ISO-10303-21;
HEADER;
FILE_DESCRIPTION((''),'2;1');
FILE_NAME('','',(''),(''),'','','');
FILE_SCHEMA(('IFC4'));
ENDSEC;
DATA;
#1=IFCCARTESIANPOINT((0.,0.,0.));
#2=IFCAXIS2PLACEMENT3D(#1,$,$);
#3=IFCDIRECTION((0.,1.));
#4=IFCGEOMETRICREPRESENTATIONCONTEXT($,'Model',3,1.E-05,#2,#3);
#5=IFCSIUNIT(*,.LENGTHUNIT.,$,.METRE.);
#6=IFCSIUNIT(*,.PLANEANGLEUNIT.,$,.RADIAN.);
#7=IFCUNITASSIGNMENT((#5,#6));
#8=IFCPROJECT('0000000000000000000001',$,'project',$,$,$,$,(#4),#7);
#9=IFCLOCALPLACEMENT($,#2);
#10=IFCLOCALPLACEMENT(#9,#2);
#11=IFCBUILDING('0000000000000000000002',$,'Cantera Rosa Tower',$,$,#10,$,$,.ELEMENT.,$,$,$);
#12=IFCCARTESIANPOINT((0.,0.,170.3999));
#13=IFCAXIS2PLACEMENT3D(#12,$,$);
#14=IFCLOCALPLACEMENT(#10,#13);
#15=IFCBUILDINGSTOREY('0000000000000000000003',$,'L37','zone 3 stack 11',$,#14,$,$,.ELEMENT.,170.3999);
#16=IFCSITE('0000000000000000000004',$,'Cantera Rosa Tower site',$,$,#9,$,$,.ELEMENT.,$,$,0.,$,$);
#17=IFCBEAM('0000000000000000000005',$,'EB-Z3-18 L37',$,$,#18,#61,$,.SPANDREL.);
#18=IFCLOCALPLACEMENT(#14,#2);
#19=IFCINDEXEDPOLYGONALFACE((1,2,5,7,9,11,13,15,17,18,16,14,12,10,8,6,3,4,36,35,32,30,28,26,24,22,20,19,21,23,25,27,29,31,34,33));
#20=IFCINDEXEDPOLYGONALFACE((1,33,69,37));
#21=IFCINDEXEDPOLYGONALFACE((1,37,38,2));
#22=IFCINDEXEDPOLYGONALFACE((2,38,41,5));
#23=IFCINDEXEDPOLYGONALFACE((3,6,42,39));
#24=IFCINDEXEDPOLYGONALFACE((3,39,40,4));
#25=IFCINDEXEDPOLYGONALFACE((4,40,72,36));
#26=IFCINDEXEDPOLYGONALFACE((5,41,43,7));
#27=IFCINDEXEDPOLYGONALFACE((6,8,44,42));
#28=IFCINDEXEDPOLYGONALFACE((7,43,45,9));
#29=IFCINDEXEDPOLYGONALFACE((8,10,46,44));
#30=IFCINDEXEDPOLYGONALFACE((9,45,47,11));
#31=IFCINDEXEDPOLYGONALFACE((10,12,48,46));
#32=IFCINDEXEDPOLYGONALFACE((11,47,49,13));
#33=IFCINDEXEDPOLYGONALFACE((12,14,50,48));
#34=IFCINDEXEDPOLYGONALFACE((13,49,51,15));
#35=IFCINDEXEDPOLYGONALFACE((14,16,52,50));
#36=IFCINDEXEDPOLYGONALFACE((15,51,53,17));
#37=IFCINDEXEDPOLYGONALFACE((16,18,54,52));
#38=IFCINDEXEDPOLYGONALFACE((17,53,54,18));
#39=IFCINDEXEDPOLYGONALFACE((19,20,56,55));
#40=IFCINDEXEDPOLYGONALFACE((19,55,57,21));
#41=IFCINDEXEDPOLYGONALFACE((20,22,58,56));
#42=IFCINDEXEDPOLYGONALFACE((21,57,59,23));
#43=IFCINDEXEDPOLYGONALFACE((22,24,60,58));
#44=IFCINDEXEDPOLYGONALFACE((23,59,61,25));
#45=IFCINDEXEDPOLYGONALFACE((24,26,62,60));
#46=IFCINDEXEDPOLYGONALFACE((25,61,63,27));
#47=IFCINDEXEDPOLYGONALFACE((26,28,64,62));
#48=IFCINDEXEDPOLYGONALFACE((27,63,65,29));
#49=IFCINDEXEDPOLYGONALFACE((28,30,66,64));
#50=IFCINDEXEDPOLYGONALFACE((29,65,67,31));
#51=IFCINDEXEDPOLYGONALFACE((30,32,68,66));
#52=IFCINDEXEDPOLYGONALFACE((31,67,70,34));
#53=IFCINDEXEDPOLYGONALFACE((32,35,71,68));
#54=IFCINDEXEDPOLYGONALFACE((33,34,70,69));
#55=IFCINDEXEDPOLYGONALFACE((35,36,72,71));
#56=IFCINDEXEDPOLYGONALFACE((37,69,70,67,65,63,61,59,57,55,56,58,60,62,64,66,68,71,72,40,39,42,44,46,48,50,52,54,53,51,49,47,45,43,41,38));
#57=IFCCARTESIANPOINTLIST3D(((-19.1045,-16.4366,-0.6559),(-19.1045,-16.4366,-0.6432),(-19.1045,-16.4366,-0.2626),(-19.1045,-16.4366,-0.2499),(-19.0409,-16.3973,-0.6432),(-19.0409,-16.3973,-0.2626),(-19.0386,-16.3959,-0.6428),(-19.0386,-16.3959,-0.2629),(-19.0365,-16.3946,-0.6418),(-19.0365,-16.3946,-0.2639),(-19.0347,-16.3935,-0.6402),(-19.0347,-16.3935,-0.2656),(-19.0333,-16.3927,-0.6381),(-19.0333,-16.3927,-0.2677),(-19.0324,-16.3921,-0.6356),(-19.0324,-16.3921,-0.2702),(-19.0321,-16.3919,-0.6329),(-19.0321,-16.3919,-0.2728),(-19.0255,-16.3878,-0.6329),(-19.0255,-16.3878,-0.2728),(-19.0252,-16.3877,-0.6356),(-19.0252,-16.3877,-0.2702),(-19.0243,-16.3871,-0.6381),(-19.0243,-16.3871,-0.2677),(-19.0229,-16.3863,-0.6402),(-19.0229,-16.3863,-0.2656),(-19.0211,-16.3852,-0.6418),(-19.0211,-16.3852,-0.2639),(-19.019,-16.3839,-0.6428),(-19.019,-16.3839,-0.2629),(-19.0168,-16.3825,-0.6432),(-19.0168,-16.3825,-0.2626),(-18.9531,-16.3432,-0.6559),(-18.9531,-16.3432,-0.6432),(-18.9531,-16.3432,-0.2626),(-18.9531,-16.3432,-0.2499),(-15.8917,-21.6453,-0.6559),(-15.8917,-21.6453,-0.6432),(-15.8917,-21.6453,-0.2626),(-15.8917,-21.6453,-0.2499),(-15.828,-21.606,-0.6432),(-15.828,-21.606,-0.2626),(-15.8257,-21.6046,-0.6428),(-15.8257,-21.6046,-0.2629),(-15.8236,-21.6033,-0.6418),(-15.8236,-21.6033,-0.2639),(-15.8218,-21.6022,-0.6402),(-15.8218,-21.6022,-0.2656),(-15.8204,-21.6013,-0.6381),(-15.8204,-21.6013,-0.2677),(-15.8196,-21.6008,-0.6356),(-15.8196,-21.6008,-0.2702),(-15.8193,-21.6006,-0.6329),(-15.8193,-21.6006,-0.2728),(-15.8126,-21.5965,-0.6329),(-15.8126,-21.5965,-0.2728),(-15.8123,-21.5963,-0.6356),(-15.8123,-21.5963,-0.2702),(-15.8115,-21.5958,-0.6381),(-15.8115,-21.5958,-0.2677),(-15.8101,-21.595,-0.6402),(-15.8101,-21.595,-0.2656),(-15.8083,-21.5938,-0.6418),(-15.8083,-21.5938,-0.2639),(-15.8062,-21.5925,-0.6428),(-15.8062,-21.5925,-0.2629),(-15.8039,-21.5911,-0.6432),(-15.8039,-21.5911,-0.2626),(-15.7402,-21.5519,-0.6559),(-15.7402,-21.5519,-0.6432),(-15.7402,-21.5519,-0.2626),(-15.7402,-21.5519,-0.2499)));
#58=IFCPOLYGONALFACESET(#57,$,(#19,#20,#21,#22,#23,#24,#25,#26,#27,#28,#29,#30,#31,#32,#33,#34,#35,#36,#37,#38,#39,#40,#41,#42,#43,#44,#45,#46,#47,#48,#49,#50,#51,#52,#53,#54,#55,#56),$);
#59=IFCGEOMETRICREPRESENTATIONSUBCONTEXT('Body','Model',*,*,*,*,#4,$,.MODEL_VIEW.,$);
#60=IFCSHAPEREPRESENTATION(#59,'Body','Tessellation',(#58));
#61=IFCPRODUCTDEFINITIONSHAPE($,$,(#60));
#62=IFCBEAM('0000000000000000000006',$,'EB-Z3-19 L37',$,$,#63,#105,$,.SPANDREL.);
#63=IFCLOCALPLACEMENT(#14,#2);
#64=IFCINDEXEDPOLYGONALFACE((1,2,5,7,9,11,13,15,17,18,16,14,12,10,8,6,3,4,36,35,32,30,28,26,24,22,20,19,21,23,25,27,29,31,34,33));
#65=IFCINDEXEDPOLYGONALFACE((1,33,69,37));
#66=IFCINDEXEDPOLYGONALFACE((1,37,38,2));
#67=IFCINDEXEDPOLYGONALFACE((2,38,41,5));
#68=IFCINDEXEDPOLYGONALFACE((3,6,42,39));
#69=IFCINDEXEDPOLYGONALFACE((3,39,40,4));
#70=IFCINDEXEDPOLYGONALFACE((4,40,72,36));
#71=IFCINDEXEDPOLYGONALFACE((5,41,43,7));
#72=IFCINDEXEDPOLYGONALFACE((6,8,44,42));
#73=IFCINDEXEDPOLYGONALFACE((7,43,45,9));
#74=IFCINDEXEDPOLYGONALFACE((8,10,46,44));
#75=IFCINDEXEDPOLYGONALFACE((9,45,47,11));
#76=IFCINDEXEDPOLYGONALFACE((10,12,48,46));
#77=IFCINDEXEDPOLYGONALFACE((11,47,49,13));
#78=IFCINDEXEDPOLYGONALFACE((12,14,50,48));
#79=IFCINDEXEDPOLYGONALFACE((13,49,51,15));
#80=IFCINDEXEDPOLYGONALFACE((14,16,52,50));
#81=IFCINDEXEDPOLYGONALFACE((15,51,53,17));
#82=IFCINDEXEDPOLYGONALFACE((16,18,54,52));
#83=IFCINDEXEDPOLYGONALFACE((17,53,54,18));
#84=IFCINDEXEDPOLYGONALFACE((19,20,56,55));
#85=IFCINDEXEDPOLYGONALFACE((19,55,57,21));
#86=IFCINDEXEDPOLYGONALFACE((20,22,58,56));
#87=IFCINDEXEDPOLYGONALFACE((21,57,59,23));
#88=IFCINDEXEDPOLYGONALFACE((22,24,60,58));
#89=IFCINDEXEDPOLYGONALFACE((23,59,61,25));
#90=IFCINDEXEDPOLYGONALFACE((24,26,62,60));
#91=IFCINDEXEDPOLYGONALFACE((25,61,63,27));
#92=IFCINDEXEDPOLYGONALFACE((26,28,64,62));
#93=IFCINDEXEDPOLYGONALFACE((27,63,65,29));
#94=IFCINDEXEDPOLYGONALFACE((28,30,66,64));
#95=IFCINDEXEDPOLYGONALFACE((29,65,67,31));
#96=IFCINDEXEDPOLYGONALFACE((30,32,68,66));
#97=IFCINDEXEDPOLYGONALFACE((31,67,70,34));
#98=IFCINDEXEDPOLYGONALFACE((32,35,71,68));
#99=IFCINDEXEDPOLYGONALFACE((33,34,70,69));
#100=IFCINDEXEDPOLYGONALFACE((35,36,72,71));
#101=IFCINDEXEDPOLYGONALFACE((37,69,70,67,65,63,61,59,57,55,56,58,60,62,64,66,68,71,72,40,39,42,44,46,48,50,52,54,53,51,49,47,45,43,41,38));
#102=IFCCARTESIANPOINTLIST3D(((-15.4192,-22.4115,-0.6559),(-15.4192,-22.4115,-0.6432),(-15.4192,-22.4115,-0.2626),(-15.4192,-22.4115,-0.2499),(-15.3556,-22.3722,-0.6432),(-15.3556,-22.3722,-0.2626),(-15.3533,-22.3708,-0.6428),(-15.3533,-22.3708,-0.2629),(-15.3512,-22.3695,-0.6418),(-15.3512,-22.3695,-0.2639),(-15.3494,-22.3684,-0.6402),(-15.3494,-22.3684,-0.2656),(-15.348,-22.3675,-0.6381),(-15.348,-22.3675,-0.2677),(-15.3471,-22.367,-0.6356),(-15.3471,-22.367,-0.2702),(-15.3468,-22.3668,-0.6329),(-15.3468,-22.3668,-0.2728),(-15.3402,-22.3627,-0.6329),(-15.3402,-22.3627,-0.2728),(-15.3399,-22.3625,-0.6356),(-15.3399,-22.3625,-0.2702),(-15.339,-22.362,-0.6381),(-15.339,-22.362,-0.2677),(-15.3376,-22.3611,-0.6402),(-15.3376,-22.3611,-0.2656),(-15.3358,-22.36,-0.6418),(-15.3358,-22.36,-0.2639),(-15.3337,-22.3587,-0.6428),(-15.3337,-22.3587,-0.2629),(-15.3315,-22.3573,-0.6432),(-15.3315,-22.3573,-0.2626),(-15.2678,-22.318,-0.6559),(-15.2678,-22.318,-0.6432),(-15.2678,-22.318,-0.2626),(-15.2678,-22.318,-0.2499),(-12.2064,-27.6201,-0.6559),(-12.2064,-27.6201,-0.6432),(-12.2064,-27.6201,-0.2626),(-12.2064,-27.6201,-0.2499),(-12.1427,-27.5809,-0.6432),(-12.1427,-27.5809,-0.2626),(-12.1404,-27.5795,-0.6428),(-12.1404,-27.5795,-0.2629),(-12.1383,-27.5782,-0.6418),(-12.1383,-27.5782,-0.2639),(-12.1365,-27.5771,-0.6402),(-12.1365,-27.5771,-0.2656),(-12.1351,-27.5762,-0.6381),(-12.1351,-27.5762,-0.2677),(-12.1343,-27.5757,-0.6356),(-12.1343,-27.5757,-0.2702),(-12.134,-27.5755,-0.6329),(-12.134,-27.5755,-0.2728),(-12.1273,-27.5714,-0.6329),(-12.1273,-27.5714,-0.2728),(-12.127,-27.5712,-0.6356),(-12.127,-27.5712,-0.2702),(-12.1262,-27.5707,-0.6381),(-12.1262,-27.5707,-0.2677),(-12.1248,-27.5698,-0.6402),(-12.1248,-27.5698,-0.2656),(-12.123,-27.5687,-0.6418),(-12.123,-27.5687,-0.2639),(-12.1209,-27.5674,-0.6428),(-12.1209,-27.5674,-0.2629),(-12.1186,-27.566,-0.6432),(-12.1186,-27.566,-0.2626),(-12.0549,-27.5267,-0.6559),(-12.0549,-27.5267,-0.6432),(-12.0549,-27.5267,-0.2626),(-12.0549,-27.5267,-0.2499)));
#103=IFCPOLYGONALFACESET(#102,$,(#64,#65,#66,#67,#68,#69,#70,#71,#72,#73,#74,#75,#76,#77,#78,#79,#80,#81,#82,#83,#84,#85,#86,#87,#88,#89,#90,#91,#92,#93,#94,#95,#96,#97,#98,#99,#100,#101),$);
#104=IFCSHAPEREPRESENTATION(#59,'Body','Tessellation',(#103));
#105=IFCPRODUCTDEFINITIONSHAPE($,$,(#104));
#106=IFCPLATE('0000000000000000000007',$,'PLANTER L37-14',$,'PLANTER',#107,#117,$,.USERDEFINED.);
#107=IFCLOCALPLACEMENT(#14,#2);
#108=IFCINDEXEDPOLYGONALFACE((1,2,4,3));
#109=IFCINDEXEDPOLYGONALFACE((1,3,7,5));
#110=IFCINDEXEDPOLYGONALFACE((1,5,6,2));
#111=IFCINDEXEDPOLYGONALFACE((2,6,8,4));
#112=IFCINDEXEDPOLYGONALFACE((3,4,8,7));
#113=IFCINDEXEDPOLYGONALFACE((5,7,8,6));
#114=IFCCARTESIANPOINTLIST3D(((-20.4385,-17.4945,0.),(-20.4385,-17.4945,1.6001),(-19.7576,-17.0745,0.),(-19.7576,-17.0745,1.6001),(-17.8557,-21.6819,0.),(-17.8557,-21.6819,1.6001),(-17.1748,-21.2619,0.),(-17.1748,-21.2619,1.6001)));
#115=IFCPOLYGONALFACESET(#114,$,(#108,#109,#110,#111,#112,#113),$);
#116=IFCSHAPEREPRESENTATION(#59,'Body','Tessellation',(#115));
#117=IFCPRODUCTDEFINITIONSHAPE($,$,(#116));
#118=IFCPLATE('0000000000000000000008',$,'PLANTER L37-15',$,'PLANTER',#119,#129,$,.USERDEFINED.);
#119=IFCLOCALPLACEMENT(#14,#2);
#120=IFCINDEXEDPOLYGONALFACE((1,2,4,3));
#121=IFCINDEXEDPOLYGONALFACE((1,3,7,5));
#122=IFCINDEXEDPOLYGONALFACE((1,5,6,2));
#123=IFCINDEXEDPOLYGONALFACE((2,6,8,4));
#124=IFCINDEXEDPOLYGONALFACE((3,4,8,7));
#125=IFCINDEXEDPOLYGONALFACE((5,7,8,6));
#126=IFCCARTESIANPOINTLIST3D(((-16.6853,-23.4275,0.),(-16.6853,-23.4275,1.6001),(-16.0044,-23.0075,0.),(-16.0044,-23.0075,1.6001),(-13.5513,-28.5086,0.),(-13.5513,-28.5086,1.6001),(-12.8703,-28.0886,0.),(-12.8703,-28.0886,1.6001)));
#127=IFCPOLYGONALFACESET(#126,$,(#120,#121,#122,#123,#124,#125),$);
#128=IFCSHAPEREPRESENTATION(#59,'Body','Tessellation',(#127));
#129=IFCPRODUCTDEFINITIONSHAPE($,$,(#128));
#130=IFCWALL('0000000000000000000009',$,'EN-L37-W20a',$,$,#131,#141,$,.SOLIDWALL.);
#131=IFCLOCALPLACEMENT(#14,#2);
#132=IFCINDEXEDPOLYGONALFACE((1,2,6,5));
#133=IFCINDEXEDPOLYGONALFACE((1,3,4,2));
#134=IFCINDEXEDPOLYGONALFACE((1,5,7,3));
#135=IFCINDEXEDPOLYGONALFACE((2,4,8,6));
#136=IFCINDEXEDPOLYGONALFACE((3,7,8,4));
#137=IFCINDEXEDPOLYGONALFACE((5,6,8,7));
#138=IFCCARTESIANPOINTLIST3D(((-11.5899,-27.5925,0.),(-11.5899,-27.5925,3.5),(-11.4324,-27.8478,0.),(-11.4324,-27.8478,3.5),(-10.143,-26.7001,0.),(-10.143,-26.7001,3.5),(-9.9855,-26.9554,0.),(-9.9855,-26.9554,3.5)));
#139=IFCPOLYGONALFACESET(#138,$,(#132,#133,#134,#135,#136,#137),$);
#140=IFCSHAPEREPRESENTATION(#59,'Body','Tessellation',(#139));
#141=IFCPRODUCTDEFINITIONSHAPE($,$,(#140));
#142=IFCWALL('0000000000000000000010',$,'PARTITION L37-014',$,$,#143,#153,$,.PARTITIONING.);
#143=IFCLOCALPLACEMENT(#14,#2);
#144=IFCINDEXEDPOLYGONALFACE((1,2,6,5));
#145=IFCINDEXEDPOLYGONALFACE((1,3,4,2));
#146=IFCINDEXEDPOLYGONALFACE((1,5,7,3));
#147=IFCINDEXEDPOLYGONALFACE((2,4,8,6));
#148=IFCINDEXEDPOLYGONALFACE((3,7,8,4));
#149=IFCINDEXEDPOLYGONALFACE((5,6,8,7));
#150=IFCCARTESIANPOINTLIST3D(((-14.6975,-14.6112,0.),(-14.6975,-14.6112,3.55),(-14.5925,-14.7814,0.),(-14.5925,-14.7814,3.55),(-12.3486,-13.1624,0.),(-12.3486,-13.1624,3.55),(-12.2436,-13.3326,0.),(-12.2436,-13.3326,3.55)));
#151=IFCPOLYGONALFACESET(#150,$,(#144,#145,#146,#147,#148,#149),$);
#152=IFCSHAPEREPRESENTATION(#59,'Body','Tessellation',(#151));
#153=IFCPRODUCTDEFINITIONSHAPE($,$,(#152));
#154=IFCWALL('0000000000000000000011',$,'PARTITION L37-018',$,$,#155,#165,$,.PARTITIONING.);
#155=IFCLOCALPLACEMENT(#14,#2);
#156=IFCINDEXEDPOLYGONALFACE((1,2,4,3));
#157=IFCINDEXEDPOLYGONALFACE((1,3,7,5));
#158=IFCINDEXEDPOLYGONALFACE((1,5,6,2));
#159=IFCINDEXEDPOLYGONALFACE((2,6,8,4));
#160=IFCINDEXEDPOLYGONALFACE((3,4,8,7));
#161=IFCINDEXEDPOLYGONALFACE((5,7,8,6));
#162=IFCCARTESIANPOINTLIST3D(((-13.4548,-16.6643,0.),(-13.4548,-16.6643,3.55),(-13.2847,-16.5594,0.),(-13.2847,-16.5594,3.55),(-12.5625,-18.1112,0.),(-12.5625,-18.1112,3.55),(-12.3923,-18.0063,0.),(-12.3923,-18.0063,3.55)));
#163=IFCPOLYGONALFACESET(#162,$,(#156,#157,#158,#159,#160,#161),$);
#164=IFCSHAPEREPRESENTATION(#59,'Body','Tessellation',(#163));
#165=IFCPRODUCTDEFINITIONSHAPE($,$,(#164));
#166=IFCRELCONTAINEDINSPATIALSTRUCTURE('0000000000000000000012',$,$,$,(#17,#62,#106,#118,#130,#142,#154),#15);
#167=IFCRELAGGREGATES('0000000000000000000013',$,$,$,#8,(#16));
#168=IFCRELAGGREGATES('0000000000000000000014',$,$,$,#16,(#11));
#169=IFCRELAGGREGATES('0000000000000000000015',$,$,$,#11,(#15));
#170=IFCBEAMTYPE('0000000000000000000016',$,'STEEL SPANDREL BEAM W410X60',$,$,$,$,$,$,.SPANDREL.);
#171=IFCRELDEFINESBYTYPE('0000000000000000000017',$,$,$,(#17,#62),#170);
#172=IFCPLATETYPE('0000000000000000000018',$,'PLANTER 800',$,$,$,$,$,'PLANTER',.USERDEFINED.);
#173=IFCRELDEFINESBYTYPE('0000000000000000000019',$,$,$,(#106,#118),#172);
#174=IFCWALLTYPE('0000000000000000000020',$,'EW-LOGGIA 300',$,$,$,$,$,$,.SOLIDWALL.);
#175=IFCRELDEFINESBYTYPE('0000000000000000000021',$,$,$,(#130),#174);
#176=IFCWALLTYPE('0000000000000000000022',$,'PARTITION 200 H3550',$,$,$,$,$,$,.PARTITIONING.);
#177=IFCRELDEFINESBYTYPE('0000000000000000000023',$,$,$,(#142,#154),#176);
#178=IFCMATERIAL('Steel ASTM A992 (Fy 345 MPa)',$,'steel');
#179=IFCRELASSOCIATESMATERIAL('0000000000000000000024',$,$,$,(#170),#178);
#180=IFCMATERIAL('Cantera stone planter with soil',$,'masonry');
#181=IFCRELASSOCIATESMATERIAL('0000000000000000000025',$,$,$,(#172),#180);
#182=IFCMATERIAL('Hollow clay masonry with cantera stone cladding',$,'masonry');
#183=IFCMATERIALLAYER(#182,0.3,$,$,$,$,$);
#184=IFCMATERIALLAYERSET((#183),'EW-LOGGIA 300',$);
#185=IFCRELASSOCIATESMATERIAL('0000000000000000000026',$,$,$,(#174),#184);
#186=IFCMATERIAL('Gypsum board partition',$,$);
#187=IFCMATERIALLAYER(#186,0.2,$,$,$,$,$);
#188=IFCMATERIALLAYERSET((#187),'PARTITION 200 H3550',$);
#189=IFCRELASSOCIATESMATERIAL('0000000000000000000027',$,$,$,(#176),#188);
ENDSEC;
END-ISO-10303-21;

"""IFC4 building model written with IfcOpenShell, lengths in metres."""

from ifc_helpers import new_model, si_unit, direction, frame, frame_2d, origin, origin_2d, place, context, subcontext, project, spatial, rectangle, i_section, extrude, material, layer, layer_set, material_profile, profile_set, type_object, element, save


model = new_model("IFC4")

# Units and contexts
model_context = context("Model", 3, precision=1e-05, world=origin(), true_north=direction((0.0, 1.0)))
body_context = subcontext(model_context, "Body", "Model", "MODEL_VIEW")
ifc_project = project(units=[si_unit("LENGTHUNIT", "METRE"), si_unit("PLANEANGLEUNIT", "RADIAN")], contexts=[model_context])

# Site, building, storey
site_placement = place(None, origin())
site = spatial("IfcSite", under=ifc_project, at=site_placement, Name="Cantera Rosa Tower site", CompositionType="ELEMENT", RefElevation=0.0)
building_placement = place(site_placement, origin())
building = spatial("IfcBuilding", under=site, at=building_placement, Name="Cantera Rosa Tower", CompositionType="ELEMENT")
storey_placement = place(building_placement, frame((0.0, 0.0, 170.3999)))
storey = spatial("IfcBuildingStorey", under=building, at=storey_placement, Name="L37", Description="zone 3 stack 11", CompositionType="ELEMENT", Elevation=170.3999)

# Beams
ifc_material_1 = material(Name="Steel ASTM A992 (Fy 345 MPa)", Category="steel")
ifc_material_profile_1 = material_profile(ifc_material_1, i_section(OverallWidth=0.178, OverallDepth=0.406, WebThickness=0.0078, FlangeThickness=0.0127, FilletRadius=0.0103, at=origin_2d()), Name="W410X60")
ifc_profile_set_1 = profile_set([ifc_material_profile_1], Name="Steel ASTM A992 (Fy 345 MPa)")
beam_type_1 = type_object("IfcBeamType", Name="STEEL SPANDREL BEAM W410X60", PredefinedType="SPANDREL", material=ifc_profile_set_1)
for number, where, z_axis, x_axis, name in (
    (1, (-19.0288, -16.3899, -0.4529), (0.524987, -0.85111, 0.0), (0.85111, 0.524987, 0.0), "EB-Z3-18 L37"),
    (2, (-15.3435, -22.3647, -0.4529), (0.524987, -0.85111, 0.0), (0.85111, 0.524987, 0.0), "EB-Z3-19 L37"),
):
    element("IfcBeam", number, at=place(storey_placement, frame(where, z_axis=z_axis, x_axis=x_axis)), inside=storey, type_object=beam_type_1, Name=name, PredefinedType="SPANDREL", context=body_context, shape_type="SweptSolid", body=[
        extrude(i_section(OverallWidth=0.178, OverallDepth=0.406, WebThickness=0.0078, FlangeThickness=0.0127, FilletRadius=0.0103, at=origin_2d()), origin(), (0.0, 0.0, 1.0), 6.1199),
    ])

# Plates
ifc_material_2 = material(Name="Cantera stone planter with soil", Category="masonry")
plate_type = type_object("IfcPlateType", Name="PLANTER 800", ElementType="PLANTER", PredefinedType="USERDEFINED", material=ifc_material_2)
plate_1_placement = place(storey_placement, frame((-18.8066, -19.3782, 0.0), z_axis=(0.0, 0.0, 1.0), x_axis=(0.524977, -0.851117, 0.0)))
element("IfcPlate", 3, at=plate_1_placement, inside=storey, type_object=plate_type, Name="PLANTER L37-14", ObjectType="PLANTER", PredefinedType="USERDEFINED", context=body_context, shape_type="SweptSolid", body=[
    extrude(rectangle(XDim=4.9199, YDim=0.8, at=origin_2d()), origin(), (0.0, 0.0, 1.0), 1.6001),
])
plate_2_placement = place(storey_placement, frame((-14.7778, -25.7581, 0.0), z_axis=(0.0, 0.0, 1.0), x_axis=(0.524977, -0.851117, 0.0)))
element("IfcPlate", 4, at=plate_2_placement, inside=storey, type_object=plate_type, Name="PLANTER L37-15", ObjectType="PLANTER", PredefinedType="USERDEFINED", context=body_context, shape_type="SweptSolid", body=[
    extrude(rectangle(XDim=5.97, YDim=0.8, at=origin_2d()), origin(), (0.0, 0.0, 1.0), 1.6001),
])

# Wall
ifc_material_3 = material(Name="Hollow clay masonry with cantera stone cladding", Category="masonry")
ifc_layer_1 = layer(ifc_material_3, 0.3)
ifc_layer_set_1 = layer_set([ifc_layer_1], Name="EW-LOGGIA 300")
wall_type_1 = type_object("IfcWallType", Name="EW-LOGGIA 300", PredefinedType="SOLIDWALL", material=ifc_layer_set_1)
wall_1_placement = place(storey_placement, frame((-11.5112, -27.7202, 0.0), z_axis=(0.0, 0.0, 1.0), x_axis=(0.85113, 0.524955, 0.0)))
element("IfcWall", 5, at=wall_1_placement, inside=storey, type_object=wall_type_1, Name="EN-L37-W20a", PredefinedType="SOLIDWALL", context=body_context, shape_type="SweptSolid", body=[
    extrude(rectangle(XDim=1.7, YDim=0.3, at=frame_2d((0.8501, 0.0))), origin(), (0.0, 0.0, 1.0), 3.5),
])

# Walls
ifc_material_4 = material(Name="Gypsum board partition")
ifc_layer_2 = layer(ifc_material_4, 0.2)
ifc_layer_set_2 = layer_set([ifc_layer_2], Name="PARTITION 200 H3550")
wall_type_2 = type_object("IfcWallType", Name="PARTITION 200 H3550", PredefinedType="PARTITIONING", material=ifc_layer_set_2)
wall_2_placement = place(storey_placement, frame((-14.645, -14.6963, 0.0), z_axis=(0.0, 0.0, 1.0), x_axis=(0.851129, 0.524956, 0.0)))
element("IfcWall", 6, at=wall_2_placement, inside=storey, type_object=wall_type_2, Name="PARTITION L37-014", PredefinedType="PARTITIONING", context=body_context, shape_type="SweptSolid", body=[
    extrude(rectangle(XDim=2.7598, YDim=0.2, at=frame_2d((1.3799, 0.0))), origin(), (0.0, 0.0, 1.0), 3.55),
])
wall_3_placement = place(storey_placement, frame((-12.4773, -18.0588, 0.0), z_axis=(0.0, 0.0, 1.0), x_axis=(-0.524955, 0.85113, 0.0)))
element("IfcWall", 7, at=wall_3_placement, inside=storey, type_object=wall_type_2, Name="PARTITION L37-018", PredefinedType="PARTITIONING", context=body_context, shape_type="SweptSolid", body=[
    extrude(rectangle(XDim=1.7, YDim=0.2, at=frame_2d((0.8501, 0.0))), origin(), (0.0, 0.0, 1.0), 3.55),
])

save(model, "model.ifc")
